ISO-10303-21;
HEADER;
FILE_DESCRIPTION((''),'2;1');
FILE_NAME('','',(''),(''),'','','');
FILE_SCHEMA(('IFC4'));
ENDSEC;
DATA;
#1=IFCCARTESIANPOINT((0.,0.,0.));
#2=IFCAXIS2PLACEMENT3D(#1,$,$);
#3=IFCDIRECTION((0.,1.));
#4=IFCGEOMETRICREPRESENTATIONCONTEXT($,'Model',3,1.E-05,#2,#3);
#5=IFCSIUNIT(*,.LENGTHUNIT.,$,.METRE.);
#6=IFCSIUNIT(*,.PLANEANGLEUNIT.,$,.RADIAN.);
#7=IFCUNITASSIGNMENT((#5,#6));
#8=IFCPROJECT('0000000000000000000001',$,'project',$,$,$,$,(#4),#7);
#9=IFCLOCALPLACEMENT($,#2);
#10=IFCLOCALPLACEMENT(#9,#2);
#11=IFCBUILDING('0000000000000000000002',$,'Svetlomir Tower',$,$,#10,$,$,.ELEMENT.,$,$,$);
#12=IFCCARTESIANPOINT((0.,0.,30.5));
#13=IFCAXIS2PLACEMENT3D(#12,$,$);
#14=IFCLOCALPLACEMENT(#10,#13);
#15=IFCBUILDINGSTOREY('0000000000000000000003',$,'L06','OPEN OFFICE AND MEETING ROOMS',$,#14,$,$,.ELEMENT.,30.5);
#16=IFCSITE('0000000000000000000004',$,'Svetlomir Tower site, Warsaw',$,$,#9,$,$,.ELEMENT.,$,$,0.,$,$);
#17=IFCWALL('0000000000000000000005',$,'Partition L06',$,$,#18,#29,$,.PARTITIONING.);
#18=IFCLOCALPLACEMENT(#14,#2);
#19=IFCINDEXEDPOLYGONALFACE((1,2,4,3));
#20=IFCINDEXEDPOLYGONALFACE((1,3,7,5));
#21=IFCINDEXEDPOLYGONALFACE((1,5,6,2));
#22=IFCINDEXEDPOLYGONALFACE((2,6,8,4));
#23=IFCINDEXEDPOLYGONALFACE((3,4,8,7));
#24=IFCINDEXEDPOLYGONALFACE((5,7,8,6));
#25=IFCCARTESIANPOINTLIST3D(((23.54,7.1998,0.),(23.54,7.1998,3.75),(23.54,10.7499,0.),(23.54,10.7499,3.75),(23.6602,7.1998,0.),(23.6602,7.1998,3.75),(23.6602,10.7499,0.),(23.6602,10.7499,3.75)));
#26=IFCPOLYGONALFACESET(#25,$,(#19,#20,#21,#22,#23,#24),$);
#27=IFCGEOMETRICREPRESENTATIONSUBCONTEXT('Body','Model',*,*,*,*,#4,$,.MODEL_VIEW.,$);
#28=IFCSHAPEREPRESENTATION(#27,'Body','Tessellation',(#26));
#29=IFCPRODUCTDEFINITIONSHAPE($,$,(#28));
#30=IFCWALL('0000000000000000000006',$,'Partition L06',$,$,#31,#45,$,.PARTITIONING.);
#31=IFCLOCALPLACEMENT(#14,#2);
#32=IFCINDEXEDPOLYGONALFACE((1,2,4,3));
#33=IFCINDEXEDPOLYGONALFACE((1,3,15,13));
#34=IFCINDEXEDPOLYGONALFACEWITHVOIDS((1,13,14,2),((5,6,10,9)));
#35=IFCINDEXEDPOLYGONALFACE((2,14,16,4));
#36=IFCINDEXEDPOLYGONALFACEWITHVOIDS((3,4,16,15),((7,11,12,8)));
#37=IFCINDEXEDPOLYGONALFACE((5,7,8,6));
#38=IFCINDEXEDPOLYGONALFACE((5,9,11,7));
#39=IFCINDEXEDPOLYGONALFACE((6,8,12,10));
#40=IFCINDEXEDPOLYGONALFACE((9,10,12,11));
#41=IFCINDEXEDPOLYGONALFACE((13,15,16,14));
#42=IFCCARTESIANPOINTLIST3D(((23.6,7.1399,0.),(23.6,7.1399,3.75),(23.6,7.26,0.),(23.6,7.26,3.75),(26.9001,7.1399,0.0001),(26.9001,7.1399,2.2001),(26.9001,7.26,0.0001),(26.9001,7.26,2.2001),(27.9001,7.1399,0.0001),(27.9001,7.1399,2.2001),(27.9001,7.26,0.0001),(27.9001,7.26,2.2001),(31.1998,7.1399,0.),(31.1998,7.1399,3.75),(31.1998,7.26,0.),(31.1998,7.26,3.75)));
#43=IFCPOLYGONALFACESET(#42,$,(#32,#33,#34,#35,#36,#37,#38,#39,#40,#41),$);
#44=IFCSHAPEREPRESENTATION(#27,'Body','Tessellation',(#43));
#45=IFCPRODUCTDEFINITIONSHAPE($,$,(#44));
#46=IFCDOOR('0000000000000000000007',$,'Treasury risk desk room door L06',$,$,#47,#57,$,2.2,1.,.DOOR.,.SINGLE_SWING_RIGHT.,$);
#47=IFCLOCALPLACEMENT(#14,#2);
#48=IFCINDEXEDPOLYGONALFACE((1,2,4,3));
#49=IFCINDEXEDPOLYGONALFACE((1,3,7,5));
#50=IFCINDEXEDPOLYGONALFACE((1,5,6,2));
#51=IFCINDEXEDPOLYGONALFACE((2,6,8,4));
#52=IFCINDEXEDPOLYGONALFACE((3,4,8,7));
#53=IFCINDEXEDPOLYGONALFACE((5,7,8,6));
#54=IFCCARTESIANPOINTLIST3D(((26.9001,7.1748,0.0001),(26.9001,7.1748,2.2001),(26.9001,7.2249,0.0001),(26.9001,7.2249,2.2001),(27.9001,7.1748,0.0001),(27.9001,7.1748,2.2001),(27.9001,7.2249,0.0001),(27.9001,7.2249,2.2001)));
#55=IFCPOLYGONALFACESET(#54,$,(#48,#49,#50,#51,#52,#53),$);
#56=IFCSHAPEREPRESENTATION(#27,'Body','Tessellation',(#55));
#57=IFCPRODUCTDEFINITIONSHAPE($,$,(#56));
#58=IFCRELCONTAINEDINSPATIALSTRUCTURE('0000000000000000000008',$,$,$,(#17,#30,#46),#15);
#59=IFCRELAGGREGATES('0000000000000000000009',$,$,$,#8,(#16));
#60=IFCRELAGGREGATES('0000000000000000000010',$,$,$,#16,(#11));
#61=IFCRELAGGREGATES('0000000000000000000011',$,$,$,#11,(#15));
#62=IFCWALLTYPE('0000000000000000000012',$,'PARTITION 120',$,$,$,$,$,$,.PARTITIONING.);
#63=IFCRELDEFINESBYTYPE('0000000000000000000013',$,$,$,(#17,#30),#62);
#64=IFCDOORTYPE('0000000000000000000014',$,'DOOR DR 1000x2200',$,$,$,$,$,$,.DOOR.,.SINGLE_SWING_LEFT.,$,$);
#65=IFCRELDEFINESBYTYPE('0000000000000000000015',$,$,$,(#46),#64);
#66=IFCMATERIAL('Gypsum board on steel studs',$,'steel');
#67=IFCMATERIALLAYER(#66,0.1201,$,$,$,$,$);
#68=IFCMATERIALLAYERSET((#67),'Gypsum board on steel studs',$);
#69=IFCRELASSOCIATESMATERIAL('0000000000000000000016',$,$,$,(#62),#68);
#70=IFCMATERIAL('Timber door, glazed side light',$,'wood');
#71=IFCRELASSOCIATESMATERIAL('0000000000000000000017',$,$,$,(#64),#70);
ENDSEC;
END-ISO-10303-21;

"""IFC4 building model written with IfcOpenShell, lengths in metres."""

from ifc_helpers import new_model, si_unit, direction, frame, frame_2d, origin, place, context, subcontext, project, spatial, rectangle, extrude, material, layer, layer_set, type_object, element, fill, save


model = new_model("IFC4")

# Units and contexts
model_context = context("Model", 3, precision=1e-05, world=origin(), true_north=direction((0.0, 1.0)))
body_context = subcontext(model_context, "Body", "Model", "MODEL_VIEW")
ifc_project = project(units=[si_unit("LENGTHUNIT", "METRE"), si_unit("PLANEANGLEUNIT", "RADIAN")], contexts=[model_context])

# Site, building, storey
site_placement = place(None, origin())
site = spatial("IfcSite", under=ifc_project, at=site_placement, Name="Svetlomir Tower site, Warsaw", CompositionType="ELEMENT", RefElevation=0.0)
building_placement = place(site_placement, origin())
building = spatial("IfcBuilding", under=site, at=building_placement, Name="Svetlomir Tower", CompositionType="ELEMENT")
storey_placement = place(building_placement, frame((0.0, 0.0, 30.5)))
storey = spatial("IfcBuildingStorey", under=building, at=storey_placement, Name="L06", Description="OPEN OFFICE AND MEETING ROOMS", CompositionType="ELEMENT", Elevation=30.5)

# Wall
ifc_material_1 = material(Name="Gypsum board on steel studs", Category="steel")
ifc_layer_1 = layer(ifc_material_1, 0.1201)
ifc_layer_set_1 = layer_set([ifc_layer_1], Name="Gypsum board on steel studs")
wall_type_1 = type_object("IfcWallType", Name="PARTITION 120", PredefinedType="PARTITIONING", material=ifc_layer_set_1)
wall_1_placement = place(storey_placement, frame((23.6001, 7.2, 0.0), z_axis=(0.0, 0.0, 1.0), x_axis=(0.0, 1.0, 0.0)))
element("IfcWall", 1, at=wall_1_placement, inside=storey, type_object=wall_type_1, Name="Partition L06", PredefinedType="PARTITIONING", context=body_context, shape_type="SweptSolid", body=[
    extrude(rectangle(XDim=3.55, YDim=0.1201, at=frame_2d((1.7749, 0.0))), origin(), (0.0, 0.0, 1.0), 3.75),
])

# Wall, opening, door
wall_2_placement = place(storey_placement, frame((23.6001, 7.2, 0.0), z_axis=(0.0, 0.0, 1.0), x_axis=(1.0, 0.0, 0.0)))
wall_2 = element("IfcWall", 2, at=wall_2_placement, inside=storey, type_object=wall_type_1, Name="Partition L06", PredefinedType="PARTITIONING", context=body_context, shape_type="SweptSolid", body=[
    extrude(rectangle(XDim=7.5999, YDim=0.1201, at=frame_2d((3.7998, 0.0))), origin(), (0.0, 0.0, 1.0), 3.75),
])
opening_1_placement = place(wall_2_placement, frame((3.3, 0.0, 0.0)))
opening_1 = element("IfcOpeningElement", 3, at=opening_1_placement, cuts=wall_2, PredefinedType="OPENING", context=body_context, shape_type="SweptSolid", body=[
    extrude(rectangle(XDim=1.0, YDim=2.2, at=frame_2d((0.5, 1.1001))), frame((0.0, 0.0701, 0.0), z_axis=(0.0, -1.0, 0.0), x_axis=(1.0, 0.0, 0.0)), (0.0, 0.0, 1.0), 0.1401),
])
ifc_material_2 = material(Name="Timber door, glazed side light", Category="wood")
door_type_1 = type_object("IfcDoorType", Name="DOOR DR 1000x2200", OperationType="SINGLE_SWING_LEFT", PredefinedType="DOOR", material=ifc_material_2)
door_1_placement = place(opening_1_placement, origin())
door_1 = element("IfcDoor", 4, at=door_1_placement, inside=storey, type_object=door_type_1, Name="Treasury risk desk room door L06", OperationType="SINGLE_SWING_RIGHT", OverallHeight=2.2, OverallWidth=1.0, PredefinedType="DOOR", context=body_context, shape_type="SweptSolid", body=[
    extrude(rectangle(XDim=1.0, YDim=2.2, at=frame_2d((0.5, 1.1001))), frame((0.0, 0.0249, 0.0), z_axis=(0.0, -1.0, 0.0), x_axis=(1.0, 0.0, 0.0)), (0.0, 0.0, 1.0), 0.05),
])
fill(opening_1, door_1)

save(model, "model.ifc")
